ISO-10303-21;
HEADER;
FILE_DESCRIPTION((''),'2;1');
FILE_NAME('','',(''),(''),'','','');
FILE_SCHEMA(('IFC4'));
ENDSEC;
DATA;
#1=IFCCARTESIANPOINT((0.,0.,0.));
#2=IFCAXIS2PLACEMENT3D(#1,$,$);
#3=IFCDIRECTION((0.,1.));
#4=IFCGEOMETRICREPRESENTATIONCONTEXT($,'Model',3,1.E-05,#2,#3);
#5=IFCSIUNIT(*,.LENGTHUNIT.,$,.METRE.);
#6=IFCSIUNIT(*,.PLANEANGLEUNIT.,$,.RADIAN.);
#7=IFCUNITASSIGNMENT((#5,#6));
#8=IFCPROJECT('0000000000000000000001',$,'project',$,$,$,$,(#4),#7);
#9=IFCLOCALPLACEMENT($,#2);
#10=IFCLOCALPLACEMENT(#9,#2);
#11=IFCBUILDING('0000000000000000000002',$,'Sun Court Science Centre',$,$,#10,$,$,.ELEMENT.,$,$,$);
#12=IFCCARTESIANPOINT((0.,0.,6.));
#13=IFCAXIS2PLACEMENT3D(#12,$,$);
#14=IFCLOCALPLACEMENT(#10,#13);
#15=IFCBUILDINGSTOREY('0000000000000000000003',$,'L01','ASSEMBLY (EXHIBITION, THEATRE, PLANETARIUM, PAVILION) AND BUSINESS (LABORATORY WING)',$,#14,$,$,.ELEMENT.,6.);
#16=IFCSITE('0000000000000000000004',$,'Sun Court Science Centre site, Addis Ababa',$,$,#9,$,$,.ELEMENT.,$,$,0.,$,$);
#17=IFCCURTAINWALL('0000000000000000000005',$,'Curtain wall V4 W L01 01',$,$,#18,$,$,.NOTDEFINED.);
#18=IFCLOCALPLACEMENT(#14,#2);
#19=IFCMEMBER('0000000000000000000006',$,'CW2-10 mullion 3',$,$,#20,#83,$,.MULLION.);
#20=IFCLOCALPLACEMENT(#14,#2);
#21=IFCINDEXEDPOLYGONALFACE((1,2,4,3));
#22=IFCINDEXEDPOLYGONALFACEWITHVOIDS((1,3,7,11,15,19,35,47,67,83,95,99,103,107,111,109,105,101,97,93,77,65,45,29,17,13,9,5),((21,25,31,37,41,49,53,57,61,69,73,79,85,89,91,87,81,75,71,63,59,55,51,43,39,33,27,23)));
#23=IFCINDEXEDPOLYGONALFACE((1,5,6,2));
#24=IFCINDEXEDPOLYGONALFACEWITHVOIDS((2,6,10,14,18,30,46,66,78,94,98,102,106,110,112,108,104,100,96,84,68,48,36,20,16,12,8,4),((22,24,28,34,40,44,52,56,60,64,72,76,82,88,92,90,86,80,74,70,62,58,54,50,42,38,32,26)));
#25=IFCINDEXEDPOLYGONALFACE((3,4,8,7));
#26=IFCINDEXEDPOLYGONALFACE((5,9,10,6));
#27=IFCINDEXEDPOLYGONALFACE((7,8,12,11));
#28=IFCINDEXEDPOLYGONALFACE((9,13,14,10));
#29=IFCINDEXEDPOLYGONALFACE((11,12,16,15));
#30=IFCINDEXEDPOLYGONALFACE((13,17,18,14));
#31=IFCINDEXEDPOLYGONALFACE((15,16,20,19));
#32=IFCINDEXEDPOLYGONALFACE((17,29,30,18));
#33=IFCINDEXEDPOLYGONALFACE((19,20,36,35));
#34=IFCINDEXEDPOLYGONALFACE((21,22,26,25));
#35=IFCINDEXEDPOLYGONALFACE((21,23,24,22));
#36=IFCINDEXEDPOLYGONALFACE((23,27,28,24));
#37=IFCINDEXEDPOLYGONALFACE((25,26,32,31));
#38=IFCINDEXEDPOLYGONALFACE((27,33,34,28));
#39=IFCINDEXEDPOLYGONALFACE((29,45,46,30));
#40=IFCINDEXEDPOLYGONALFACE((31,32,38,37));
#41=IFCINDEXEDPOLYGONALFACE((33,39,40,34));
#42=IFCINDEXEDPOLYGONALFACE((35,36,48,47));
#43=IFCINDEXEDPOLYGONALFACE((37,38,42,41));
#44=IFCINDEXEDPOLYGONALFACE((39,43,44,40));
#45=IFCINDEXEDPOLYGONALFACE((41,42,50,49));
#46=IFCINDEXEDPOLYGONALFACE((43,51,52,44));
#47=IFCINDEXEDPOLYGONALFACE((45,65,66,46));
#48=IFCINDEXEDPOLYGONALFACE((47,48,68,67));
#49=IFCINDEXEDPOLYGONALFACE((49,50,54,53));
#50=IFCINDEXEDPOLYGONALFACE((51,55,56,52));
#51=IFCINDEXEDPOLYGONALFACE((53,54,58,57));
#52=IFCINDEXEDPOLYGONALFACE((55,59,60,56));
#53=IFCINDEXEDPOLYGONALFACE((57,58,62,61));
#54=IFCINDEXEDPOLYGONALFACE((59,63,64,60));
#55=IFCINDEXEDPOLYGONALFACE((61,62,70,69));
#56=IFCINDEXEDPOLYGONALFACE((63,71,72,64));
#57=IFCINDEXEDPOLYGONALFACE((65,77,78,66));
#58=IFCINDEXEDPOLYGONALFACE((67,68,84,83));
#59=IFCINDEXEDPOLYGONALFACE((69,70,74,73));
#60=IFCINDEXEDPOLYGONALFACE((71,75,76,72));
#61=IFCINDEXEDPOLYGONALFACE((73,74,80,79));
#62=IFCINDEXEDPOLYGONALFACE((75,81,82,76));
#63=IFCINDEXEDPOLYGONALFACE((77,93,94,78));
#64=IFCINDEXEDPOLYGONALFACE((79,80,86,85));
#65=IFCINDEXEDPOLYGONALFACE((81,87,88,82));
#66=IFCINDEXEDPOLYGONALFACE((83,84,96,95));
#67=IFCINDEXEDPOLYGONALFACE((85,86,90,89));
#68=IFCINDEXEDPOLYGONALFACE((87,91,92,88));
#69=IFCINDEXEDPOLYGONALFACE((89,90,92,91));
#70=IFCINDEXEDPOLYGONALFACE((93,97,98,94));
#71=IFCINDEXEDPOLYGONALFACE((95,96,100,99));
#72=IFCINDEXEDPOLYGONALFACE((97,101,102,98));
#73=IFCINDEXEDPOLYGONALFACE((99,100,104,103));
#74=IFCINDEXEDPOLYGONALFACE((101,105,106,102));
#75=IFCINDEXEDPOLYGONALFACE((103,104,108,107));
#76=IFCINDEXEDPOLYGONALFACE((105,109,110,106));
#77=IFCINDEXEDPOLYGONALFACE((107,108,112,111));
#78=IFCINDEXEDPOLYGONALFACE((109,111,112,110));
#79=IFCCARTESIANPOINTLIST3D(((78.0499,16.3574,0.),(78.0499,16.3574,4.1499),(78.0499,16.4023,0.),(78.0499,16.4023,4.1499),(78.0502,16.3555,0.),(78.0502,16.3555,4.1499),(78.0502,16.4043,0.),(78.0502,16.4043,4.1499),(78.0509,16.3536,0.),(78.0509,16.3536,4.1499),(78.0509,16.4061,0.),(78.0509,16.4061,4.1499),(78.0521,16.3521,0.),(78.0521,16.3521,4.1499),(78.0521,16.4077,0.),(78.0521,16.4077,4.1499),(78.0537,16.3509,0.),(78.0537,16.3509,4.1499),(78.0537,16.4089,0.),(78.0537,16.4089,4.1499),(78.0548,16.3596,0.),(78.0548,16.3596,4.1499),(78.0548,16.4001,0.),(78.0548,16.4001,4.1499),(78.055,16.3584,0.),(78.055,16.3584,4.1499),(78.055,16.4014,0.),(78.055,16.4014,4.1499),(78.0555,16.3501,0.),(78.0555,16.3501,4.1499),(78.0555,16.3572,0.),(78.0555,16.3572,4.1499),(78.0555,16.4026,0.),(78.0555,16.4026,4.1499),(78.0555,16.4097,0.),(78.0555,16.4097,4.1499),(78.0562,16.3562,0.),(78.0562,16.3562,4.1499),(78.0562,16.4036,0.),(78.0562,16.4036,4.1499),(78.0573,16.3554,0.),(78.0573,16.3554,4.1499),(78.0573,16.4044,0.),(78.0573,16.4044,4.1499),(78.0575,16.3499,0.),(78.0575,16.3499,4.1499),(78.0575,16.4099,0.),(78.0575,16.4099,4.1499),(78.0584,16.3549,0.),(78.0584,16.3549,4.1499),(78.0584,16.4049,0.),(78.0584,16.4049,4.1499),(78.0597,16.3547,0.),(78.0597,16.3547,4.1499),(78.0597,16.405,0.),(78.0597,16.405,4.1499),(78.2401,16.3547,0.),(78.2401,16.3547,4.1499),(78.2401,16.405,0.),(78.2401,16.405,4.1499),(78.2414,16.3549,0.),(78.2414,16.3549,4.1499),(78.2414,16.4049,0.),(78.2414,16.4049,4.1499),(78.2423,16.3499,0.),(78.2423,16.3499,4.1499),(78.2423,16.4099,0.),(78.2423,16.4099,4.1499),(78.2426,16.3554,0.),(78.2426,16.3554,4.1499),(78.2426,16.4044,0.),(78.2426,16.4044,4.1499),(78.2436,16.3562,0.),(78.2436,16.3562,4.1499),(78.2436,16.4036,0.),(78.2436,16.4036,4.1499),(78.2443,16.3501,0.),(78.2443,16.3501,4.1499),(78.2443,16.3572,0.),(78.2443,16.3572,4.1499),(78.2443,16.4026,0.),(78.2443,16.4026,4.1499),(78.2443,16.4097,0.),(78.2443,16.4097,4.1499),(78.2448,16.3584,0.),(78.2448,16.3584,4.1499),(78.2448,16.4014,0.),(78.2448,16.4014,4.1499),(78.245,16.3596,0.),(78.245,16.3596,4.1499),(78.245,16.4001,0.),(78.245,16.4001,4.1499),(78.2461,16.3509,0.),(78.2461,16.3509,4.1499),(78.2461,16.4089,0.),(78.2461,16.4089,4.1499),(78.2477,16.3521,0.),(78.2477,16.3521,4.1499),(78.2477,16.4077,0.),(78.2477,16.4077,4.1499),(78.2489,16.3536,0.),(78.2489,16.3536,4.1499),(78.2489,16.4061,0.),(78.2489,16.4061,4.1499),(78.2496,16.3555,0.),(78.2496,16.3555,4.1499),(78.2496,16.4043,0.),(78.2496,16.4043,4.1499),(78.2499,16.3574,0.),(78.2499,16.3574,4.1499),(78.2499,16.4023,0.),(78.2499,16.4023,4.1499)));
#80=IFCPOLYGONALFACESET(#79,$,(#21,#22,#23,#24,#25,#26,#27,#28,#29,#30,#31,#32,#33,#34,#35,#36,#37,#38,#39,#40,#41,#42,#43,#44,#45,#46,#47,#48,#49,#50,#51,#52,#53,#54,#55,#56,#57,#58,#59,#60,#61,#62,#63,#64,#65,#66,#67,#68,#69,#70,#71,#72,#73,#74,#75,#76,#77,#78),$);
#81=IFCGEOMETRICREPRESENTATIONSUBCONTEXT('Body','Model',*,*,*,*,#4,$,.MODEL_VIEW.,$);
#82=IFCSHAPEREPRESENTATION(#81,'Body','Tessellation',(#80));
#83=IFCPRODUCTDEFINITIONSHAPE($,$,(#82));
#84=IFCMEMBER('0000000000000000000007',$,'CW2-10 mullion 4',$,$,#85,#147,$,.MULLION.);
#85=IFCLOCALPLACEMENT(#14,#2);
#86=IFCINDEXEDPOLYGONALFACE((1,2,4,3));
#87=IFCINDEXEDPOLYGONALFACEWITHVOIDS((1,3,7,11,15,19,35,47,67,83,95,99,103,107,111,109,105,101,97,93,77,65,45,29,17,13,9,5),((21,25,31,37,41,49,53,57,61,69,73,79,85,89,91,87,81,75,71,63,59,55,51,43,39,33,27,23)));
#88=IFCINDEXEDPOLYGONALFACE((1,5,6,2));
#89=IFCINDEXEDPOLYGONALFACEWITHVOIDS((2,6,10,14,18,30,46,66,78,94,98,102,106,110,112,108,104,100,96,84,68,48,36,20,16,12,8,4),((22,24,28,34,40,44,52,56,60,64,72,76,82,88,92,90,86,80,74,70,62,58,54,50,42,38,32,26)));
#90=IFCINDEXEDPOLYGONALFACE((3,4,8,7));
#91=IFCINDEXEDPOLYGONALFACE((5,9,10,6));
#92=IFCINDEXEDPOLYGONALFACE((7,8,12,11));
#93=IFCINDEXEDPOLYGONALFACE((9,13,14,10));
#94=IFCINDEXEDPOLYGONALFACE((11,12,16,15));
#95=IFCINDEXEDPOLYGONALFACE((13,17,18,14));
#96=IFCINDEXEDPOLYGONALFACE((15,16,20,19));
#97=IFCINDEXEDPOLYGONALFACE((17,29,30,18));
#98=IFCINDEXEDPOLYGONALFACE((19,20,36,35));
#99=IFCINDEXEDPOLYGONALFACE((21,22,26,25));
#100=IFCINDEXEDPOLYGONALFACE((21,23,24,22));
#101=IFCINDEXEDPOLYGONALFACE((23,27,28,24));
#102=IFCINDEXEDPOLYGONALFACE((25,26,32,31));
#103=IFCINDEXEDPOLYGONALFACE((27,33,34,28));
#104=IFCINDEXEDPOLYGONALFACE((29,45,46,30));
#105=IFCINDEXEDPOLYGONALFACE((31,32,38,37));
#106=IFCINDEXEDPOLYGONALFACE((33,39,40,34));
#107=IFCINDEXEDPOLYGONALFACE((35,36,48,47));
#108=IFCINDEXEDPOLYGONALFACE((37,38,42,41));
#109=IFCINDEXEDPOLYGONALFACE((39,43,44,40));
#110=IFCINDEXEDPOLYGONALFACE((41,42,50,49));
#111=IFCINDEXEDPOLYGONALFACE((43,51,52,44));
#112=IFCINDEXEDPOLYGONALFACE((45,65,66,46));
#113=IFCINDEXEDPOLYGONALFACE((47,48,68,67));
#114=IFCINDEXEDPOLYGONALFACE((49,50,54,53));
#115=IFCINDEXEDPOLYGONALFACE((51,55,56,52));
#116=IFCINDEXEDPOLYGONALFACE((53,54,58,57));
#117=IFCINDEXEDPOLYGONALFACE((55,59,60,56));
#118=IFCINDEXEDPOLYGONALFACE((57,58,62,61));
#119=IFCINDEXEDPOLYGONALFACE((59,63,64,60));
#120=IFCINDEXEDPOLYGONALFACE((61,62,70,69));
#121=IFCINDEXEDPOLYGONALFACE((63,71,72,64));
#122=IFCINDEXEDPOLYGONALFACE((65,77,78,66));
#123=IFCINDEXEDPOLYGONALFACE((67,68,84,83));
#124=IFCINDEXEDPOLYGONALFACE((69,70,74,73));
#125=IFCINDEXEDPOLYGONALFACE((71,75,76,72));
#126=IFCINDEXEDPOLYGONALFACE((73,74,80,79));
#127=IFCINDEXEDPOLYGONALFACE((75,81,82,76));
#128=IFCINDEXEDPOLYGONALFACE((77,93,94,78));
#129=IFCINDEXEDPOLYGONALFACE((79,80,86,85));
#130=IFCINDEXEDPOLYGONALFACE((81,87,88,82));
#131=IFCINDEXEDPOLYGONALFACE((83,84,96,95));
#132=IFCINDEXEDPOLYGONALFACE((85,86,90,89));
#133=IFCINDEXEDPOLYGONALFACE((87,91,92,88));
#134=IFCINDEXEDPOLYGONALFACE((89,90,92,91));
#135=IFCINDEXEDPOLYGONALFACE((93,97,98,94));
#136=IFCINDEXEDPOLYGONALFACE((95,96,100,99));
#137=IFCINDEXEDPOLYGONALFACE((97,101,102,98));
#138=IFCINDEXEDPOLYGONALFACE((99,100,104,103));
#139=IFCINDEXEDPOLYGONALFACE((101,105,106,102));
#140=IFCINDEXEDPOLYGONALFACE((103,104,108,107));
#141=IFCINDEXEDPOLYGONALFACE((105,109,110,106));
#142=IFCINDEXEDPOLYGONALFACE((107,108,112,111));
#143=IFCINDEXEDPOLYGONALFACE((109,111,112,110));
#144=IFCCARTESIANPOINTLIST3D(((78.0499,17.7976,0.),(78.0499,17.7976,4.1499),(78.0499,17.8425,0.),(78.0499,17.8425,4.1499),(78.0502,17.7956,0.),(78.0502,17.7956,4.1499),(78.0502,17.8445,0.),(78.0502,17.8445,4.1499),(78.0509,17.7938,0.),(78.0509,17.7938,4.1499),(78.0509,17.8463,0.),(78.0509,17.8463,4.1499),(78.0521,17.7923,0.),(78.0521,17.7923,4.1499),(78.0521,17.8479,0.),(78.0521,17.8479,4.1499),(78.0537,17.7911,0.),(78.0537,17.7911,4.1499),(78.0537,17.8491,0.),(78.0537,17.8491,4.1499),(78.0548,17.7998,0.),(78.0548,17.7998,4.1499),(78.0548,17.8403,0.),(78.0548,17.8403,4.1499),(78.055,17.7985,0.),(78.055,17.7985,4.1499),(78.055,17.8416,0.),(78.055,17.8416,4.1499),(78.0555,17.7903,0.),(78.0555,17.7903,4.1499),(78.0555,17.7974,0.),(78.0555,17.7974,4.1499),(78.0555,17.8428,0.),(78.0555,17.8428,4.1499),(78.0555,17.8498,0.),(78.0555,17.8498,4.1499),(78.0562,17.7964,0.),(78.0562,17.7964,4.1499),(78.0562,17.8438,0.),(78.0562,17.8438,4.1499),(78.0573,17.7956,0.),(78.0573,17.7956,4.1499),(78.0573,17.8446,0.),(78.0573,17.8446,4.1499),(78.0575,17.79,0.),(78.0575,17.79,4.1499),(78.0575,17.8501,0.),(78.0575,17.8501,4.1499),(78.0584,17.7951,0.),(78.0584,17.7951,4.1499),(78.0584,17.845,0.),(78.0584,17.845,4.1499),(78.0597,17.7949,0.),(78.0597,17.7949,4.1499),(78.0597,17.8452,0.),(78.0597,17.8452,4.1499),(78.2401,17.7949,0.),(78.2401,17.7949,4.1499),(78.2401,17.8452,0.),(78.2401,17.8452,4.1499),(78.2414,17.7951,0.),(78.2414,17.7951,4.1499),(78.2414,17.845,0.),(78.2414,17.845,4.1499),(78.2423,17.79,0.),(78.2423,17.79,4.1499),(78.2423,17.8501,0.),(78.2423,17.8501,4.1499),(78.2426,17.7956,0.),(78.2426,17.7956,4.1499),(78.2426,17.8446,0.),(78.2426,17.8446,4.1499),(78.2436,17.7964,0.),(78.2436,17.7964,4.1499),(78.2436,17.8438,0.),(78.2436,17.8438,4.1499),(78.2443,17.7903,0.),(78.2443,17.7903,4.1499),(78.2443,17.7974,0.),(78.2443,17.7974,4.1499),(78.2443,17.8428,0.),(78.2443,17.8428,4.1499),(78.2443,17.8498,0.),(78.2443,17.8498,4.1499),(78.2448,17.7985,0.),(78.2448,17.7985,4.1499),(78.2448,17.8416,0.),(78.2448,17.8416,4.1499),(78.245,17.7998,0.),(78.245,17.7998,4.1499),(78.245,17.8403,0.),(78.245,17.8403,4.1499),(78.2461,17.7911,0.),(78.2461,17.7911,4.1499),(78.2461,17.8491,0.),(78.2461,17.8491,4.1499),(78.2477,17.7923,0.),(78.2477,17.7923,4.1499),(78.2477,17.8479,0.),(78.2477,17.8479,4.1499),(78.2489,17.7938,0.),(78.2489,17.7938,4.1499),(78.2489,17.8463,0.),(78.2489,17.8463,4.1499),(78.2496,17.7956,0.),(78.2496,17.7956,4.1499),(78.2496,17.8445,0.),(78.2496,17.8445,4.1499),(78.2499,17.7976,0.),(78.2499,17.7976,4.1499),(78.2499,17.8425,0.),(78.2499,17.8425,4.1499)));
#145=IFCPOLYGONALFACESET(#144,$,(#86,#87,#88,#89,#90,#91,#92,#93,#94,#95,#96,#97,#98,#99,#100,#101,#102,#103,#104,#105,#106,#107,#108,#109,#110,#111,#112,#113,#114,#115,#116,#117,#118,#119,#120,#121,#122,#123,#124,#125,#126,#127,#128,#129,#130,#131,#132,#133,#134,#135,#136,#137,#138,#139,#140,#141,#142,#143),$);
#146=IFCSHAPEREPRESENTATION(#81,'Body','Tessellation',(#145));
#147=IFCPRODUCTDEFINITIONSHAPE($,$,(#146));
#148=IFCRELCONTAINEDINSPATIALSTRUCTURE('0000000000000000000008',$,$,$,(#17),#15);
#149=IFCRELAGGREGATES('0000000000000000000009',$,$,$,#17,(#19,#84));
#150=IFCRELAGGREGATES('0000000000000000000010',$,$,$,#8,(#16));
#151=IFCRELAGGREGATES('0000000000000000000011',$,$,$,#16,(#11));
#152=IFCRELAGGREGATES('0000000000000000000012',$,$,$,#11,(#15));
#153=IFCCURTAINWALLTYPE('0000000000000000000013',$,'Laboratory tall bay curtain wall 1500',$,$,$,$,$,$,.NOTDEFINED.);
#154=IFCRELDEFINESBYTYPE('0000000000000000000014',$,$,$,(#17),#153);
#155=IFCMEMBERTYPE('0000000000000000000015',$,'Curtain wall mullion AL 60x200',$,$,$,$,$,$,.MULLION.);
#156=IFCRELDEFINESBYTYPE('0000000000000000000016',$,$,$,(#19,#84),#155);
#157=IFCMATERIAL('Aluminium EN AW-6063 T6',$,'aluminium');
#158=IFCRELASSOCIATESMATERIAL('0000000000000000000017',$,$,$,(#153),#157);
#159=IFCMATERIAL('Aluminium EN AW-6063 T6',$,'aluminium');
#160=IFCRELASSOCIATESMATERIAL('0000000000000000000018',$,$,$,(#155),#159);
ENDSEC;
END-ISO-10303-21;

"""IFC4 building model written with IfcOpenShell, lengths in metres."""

from ifc_helpers import new_model, si_unit, direction, frame, origin, origin_2d, place, context, subcontext, project, spatial, hollow_rectangle, extrude, material, material_profile, profile_set, type_object, element, aggregate, save


model = new_model("IFC4")

# Units and contexts
model_context = context("Model", 3, precision=1e-05, world=origin(), true_north=direction((0.0, 1.0)))
body_context = subcontext(model_context, "Body", "Model", "MODEL_VIEW")
ifc_project = project(units=[si_unit("LENGTHUNIT", "METRE"), si_unit("PLANEANGLEUNIT", "RADIAN")], contexts=[model_context])

# Site, building, storey
site_placement = place(None, origin())
site = spatial("IfcSite", under=ifc_project, at=site_placement, Name="Sun Court Science Centre site, Addis Ababa", CompositionType="ELEMENT", RefElevation=0.0)
building_placement = place(site_placement, origin())
building = spatial("IfcBuilding", under=site, at=building_placement, Name="Sun Court Science Centre", CompositionType="ELEMENT")
storey_placement = place(building_placement, frame((0.0, 0.0, 6.0)))
storey = spatial("IfcBuildingStorey", under=building, at=storey_placement, Name="L01", Description="ASSEMBLY (EXHIBITION, THEATRE, PLANETARIUM, PAVILION) AND BUSINESS (LABORATORY WING)", CompositionType="ELEMENT", Elevation=6.0)

# Curtain wall, members
ifc_material_1 = material(Name="Aluminium EN AW-6063 T6", Category="aluminium")
curtain_wall_type = type_object("IfcCurtainWallType", Name="Laboratory tall bay curtain wall 1500", PredefinedType="NOTDEFINED", material=ifc_material_1)
curtain_wall_placement = place(storey_placement, origin())
curtain_wall = element("IfcCurtainWall", 1, at=curtain_wall_placement, inside=storey, type_object=curtain_wall_type, Name="Curtain wall V4 W L01 01", PredefinedType="NOTDEFINED")
ifc_material_2 = material(Name="Aluminium EN AW-6063 T6", Category="aluminium")
ifc_material_profile_1 = material_profile(ifc_material_2, hollow_rectangle(XDim=0.0601, YDim=0.2, WallThickness=0.0049, InnerFilletRadius=0.0049, OuterFilletRadius=0.0076, at=origin_2d()), Name="AL 60x200x5")
ifc_profile_set_1 = profile_set([ifc_material_profile_1], Name="Aluminium EN AW-6063 T6")
member_type_1 = type_object("IfcMemberType", Name="Curtain wall mullion AL 60x200", PredefinedType="MULLION", material=ifc_profile_set_1)
member_1_placement = place(storey_placement, frame((78.1499, 16.3799, 0.0), z_axis=(0.0, 0.0, 1.0), x_axis=(0.0, 1.0, 0.0)))
member_1 = element("IfcMember", 2, at=member_1_placement, type_object=member_type_1, Name="CW2-10 mullion 3", PredefinedType="MULLION", context=body_context, shape_type="SweptSolid", body=[
    extrude(hollow_rectangle(XDim=0.0601, YDim=0.2, WallThickness=0.0049, InnerFilletRadius=0.0049, OuterFilletRadius=0.0076, at=origin_2d()), origin(), (0.0, 0.0, 1.0), 4.1499),
])
member_2_placement = place(storey_placement, frame((78.1499, 17.8201, 0.0), z_axis=(0.0, 0.0, 1.0), x_axis=(0.0, 1.0, 0.0)))
member_2 = element("IfcMember", 3, at=member_2_placement, type_object=member_type_1, Name="CW2-10 mullion 4", PredefinedType="MULLION", context=body_context, shape_type="SweptSolid", body=[
    extrude(hollow_rectangle(XDim=0.0601, YDim=0.2, WallThickness=0.0049, InnerFilletRadius=0.0049, OuterFilletRadius=0.0076, at=origin_2d()), origin(), (0.0, 0.0, 1.0), 4.1499),
])

aggregate(curtain_wall, [member_1, member_2])

save(model, "model.ifc")
